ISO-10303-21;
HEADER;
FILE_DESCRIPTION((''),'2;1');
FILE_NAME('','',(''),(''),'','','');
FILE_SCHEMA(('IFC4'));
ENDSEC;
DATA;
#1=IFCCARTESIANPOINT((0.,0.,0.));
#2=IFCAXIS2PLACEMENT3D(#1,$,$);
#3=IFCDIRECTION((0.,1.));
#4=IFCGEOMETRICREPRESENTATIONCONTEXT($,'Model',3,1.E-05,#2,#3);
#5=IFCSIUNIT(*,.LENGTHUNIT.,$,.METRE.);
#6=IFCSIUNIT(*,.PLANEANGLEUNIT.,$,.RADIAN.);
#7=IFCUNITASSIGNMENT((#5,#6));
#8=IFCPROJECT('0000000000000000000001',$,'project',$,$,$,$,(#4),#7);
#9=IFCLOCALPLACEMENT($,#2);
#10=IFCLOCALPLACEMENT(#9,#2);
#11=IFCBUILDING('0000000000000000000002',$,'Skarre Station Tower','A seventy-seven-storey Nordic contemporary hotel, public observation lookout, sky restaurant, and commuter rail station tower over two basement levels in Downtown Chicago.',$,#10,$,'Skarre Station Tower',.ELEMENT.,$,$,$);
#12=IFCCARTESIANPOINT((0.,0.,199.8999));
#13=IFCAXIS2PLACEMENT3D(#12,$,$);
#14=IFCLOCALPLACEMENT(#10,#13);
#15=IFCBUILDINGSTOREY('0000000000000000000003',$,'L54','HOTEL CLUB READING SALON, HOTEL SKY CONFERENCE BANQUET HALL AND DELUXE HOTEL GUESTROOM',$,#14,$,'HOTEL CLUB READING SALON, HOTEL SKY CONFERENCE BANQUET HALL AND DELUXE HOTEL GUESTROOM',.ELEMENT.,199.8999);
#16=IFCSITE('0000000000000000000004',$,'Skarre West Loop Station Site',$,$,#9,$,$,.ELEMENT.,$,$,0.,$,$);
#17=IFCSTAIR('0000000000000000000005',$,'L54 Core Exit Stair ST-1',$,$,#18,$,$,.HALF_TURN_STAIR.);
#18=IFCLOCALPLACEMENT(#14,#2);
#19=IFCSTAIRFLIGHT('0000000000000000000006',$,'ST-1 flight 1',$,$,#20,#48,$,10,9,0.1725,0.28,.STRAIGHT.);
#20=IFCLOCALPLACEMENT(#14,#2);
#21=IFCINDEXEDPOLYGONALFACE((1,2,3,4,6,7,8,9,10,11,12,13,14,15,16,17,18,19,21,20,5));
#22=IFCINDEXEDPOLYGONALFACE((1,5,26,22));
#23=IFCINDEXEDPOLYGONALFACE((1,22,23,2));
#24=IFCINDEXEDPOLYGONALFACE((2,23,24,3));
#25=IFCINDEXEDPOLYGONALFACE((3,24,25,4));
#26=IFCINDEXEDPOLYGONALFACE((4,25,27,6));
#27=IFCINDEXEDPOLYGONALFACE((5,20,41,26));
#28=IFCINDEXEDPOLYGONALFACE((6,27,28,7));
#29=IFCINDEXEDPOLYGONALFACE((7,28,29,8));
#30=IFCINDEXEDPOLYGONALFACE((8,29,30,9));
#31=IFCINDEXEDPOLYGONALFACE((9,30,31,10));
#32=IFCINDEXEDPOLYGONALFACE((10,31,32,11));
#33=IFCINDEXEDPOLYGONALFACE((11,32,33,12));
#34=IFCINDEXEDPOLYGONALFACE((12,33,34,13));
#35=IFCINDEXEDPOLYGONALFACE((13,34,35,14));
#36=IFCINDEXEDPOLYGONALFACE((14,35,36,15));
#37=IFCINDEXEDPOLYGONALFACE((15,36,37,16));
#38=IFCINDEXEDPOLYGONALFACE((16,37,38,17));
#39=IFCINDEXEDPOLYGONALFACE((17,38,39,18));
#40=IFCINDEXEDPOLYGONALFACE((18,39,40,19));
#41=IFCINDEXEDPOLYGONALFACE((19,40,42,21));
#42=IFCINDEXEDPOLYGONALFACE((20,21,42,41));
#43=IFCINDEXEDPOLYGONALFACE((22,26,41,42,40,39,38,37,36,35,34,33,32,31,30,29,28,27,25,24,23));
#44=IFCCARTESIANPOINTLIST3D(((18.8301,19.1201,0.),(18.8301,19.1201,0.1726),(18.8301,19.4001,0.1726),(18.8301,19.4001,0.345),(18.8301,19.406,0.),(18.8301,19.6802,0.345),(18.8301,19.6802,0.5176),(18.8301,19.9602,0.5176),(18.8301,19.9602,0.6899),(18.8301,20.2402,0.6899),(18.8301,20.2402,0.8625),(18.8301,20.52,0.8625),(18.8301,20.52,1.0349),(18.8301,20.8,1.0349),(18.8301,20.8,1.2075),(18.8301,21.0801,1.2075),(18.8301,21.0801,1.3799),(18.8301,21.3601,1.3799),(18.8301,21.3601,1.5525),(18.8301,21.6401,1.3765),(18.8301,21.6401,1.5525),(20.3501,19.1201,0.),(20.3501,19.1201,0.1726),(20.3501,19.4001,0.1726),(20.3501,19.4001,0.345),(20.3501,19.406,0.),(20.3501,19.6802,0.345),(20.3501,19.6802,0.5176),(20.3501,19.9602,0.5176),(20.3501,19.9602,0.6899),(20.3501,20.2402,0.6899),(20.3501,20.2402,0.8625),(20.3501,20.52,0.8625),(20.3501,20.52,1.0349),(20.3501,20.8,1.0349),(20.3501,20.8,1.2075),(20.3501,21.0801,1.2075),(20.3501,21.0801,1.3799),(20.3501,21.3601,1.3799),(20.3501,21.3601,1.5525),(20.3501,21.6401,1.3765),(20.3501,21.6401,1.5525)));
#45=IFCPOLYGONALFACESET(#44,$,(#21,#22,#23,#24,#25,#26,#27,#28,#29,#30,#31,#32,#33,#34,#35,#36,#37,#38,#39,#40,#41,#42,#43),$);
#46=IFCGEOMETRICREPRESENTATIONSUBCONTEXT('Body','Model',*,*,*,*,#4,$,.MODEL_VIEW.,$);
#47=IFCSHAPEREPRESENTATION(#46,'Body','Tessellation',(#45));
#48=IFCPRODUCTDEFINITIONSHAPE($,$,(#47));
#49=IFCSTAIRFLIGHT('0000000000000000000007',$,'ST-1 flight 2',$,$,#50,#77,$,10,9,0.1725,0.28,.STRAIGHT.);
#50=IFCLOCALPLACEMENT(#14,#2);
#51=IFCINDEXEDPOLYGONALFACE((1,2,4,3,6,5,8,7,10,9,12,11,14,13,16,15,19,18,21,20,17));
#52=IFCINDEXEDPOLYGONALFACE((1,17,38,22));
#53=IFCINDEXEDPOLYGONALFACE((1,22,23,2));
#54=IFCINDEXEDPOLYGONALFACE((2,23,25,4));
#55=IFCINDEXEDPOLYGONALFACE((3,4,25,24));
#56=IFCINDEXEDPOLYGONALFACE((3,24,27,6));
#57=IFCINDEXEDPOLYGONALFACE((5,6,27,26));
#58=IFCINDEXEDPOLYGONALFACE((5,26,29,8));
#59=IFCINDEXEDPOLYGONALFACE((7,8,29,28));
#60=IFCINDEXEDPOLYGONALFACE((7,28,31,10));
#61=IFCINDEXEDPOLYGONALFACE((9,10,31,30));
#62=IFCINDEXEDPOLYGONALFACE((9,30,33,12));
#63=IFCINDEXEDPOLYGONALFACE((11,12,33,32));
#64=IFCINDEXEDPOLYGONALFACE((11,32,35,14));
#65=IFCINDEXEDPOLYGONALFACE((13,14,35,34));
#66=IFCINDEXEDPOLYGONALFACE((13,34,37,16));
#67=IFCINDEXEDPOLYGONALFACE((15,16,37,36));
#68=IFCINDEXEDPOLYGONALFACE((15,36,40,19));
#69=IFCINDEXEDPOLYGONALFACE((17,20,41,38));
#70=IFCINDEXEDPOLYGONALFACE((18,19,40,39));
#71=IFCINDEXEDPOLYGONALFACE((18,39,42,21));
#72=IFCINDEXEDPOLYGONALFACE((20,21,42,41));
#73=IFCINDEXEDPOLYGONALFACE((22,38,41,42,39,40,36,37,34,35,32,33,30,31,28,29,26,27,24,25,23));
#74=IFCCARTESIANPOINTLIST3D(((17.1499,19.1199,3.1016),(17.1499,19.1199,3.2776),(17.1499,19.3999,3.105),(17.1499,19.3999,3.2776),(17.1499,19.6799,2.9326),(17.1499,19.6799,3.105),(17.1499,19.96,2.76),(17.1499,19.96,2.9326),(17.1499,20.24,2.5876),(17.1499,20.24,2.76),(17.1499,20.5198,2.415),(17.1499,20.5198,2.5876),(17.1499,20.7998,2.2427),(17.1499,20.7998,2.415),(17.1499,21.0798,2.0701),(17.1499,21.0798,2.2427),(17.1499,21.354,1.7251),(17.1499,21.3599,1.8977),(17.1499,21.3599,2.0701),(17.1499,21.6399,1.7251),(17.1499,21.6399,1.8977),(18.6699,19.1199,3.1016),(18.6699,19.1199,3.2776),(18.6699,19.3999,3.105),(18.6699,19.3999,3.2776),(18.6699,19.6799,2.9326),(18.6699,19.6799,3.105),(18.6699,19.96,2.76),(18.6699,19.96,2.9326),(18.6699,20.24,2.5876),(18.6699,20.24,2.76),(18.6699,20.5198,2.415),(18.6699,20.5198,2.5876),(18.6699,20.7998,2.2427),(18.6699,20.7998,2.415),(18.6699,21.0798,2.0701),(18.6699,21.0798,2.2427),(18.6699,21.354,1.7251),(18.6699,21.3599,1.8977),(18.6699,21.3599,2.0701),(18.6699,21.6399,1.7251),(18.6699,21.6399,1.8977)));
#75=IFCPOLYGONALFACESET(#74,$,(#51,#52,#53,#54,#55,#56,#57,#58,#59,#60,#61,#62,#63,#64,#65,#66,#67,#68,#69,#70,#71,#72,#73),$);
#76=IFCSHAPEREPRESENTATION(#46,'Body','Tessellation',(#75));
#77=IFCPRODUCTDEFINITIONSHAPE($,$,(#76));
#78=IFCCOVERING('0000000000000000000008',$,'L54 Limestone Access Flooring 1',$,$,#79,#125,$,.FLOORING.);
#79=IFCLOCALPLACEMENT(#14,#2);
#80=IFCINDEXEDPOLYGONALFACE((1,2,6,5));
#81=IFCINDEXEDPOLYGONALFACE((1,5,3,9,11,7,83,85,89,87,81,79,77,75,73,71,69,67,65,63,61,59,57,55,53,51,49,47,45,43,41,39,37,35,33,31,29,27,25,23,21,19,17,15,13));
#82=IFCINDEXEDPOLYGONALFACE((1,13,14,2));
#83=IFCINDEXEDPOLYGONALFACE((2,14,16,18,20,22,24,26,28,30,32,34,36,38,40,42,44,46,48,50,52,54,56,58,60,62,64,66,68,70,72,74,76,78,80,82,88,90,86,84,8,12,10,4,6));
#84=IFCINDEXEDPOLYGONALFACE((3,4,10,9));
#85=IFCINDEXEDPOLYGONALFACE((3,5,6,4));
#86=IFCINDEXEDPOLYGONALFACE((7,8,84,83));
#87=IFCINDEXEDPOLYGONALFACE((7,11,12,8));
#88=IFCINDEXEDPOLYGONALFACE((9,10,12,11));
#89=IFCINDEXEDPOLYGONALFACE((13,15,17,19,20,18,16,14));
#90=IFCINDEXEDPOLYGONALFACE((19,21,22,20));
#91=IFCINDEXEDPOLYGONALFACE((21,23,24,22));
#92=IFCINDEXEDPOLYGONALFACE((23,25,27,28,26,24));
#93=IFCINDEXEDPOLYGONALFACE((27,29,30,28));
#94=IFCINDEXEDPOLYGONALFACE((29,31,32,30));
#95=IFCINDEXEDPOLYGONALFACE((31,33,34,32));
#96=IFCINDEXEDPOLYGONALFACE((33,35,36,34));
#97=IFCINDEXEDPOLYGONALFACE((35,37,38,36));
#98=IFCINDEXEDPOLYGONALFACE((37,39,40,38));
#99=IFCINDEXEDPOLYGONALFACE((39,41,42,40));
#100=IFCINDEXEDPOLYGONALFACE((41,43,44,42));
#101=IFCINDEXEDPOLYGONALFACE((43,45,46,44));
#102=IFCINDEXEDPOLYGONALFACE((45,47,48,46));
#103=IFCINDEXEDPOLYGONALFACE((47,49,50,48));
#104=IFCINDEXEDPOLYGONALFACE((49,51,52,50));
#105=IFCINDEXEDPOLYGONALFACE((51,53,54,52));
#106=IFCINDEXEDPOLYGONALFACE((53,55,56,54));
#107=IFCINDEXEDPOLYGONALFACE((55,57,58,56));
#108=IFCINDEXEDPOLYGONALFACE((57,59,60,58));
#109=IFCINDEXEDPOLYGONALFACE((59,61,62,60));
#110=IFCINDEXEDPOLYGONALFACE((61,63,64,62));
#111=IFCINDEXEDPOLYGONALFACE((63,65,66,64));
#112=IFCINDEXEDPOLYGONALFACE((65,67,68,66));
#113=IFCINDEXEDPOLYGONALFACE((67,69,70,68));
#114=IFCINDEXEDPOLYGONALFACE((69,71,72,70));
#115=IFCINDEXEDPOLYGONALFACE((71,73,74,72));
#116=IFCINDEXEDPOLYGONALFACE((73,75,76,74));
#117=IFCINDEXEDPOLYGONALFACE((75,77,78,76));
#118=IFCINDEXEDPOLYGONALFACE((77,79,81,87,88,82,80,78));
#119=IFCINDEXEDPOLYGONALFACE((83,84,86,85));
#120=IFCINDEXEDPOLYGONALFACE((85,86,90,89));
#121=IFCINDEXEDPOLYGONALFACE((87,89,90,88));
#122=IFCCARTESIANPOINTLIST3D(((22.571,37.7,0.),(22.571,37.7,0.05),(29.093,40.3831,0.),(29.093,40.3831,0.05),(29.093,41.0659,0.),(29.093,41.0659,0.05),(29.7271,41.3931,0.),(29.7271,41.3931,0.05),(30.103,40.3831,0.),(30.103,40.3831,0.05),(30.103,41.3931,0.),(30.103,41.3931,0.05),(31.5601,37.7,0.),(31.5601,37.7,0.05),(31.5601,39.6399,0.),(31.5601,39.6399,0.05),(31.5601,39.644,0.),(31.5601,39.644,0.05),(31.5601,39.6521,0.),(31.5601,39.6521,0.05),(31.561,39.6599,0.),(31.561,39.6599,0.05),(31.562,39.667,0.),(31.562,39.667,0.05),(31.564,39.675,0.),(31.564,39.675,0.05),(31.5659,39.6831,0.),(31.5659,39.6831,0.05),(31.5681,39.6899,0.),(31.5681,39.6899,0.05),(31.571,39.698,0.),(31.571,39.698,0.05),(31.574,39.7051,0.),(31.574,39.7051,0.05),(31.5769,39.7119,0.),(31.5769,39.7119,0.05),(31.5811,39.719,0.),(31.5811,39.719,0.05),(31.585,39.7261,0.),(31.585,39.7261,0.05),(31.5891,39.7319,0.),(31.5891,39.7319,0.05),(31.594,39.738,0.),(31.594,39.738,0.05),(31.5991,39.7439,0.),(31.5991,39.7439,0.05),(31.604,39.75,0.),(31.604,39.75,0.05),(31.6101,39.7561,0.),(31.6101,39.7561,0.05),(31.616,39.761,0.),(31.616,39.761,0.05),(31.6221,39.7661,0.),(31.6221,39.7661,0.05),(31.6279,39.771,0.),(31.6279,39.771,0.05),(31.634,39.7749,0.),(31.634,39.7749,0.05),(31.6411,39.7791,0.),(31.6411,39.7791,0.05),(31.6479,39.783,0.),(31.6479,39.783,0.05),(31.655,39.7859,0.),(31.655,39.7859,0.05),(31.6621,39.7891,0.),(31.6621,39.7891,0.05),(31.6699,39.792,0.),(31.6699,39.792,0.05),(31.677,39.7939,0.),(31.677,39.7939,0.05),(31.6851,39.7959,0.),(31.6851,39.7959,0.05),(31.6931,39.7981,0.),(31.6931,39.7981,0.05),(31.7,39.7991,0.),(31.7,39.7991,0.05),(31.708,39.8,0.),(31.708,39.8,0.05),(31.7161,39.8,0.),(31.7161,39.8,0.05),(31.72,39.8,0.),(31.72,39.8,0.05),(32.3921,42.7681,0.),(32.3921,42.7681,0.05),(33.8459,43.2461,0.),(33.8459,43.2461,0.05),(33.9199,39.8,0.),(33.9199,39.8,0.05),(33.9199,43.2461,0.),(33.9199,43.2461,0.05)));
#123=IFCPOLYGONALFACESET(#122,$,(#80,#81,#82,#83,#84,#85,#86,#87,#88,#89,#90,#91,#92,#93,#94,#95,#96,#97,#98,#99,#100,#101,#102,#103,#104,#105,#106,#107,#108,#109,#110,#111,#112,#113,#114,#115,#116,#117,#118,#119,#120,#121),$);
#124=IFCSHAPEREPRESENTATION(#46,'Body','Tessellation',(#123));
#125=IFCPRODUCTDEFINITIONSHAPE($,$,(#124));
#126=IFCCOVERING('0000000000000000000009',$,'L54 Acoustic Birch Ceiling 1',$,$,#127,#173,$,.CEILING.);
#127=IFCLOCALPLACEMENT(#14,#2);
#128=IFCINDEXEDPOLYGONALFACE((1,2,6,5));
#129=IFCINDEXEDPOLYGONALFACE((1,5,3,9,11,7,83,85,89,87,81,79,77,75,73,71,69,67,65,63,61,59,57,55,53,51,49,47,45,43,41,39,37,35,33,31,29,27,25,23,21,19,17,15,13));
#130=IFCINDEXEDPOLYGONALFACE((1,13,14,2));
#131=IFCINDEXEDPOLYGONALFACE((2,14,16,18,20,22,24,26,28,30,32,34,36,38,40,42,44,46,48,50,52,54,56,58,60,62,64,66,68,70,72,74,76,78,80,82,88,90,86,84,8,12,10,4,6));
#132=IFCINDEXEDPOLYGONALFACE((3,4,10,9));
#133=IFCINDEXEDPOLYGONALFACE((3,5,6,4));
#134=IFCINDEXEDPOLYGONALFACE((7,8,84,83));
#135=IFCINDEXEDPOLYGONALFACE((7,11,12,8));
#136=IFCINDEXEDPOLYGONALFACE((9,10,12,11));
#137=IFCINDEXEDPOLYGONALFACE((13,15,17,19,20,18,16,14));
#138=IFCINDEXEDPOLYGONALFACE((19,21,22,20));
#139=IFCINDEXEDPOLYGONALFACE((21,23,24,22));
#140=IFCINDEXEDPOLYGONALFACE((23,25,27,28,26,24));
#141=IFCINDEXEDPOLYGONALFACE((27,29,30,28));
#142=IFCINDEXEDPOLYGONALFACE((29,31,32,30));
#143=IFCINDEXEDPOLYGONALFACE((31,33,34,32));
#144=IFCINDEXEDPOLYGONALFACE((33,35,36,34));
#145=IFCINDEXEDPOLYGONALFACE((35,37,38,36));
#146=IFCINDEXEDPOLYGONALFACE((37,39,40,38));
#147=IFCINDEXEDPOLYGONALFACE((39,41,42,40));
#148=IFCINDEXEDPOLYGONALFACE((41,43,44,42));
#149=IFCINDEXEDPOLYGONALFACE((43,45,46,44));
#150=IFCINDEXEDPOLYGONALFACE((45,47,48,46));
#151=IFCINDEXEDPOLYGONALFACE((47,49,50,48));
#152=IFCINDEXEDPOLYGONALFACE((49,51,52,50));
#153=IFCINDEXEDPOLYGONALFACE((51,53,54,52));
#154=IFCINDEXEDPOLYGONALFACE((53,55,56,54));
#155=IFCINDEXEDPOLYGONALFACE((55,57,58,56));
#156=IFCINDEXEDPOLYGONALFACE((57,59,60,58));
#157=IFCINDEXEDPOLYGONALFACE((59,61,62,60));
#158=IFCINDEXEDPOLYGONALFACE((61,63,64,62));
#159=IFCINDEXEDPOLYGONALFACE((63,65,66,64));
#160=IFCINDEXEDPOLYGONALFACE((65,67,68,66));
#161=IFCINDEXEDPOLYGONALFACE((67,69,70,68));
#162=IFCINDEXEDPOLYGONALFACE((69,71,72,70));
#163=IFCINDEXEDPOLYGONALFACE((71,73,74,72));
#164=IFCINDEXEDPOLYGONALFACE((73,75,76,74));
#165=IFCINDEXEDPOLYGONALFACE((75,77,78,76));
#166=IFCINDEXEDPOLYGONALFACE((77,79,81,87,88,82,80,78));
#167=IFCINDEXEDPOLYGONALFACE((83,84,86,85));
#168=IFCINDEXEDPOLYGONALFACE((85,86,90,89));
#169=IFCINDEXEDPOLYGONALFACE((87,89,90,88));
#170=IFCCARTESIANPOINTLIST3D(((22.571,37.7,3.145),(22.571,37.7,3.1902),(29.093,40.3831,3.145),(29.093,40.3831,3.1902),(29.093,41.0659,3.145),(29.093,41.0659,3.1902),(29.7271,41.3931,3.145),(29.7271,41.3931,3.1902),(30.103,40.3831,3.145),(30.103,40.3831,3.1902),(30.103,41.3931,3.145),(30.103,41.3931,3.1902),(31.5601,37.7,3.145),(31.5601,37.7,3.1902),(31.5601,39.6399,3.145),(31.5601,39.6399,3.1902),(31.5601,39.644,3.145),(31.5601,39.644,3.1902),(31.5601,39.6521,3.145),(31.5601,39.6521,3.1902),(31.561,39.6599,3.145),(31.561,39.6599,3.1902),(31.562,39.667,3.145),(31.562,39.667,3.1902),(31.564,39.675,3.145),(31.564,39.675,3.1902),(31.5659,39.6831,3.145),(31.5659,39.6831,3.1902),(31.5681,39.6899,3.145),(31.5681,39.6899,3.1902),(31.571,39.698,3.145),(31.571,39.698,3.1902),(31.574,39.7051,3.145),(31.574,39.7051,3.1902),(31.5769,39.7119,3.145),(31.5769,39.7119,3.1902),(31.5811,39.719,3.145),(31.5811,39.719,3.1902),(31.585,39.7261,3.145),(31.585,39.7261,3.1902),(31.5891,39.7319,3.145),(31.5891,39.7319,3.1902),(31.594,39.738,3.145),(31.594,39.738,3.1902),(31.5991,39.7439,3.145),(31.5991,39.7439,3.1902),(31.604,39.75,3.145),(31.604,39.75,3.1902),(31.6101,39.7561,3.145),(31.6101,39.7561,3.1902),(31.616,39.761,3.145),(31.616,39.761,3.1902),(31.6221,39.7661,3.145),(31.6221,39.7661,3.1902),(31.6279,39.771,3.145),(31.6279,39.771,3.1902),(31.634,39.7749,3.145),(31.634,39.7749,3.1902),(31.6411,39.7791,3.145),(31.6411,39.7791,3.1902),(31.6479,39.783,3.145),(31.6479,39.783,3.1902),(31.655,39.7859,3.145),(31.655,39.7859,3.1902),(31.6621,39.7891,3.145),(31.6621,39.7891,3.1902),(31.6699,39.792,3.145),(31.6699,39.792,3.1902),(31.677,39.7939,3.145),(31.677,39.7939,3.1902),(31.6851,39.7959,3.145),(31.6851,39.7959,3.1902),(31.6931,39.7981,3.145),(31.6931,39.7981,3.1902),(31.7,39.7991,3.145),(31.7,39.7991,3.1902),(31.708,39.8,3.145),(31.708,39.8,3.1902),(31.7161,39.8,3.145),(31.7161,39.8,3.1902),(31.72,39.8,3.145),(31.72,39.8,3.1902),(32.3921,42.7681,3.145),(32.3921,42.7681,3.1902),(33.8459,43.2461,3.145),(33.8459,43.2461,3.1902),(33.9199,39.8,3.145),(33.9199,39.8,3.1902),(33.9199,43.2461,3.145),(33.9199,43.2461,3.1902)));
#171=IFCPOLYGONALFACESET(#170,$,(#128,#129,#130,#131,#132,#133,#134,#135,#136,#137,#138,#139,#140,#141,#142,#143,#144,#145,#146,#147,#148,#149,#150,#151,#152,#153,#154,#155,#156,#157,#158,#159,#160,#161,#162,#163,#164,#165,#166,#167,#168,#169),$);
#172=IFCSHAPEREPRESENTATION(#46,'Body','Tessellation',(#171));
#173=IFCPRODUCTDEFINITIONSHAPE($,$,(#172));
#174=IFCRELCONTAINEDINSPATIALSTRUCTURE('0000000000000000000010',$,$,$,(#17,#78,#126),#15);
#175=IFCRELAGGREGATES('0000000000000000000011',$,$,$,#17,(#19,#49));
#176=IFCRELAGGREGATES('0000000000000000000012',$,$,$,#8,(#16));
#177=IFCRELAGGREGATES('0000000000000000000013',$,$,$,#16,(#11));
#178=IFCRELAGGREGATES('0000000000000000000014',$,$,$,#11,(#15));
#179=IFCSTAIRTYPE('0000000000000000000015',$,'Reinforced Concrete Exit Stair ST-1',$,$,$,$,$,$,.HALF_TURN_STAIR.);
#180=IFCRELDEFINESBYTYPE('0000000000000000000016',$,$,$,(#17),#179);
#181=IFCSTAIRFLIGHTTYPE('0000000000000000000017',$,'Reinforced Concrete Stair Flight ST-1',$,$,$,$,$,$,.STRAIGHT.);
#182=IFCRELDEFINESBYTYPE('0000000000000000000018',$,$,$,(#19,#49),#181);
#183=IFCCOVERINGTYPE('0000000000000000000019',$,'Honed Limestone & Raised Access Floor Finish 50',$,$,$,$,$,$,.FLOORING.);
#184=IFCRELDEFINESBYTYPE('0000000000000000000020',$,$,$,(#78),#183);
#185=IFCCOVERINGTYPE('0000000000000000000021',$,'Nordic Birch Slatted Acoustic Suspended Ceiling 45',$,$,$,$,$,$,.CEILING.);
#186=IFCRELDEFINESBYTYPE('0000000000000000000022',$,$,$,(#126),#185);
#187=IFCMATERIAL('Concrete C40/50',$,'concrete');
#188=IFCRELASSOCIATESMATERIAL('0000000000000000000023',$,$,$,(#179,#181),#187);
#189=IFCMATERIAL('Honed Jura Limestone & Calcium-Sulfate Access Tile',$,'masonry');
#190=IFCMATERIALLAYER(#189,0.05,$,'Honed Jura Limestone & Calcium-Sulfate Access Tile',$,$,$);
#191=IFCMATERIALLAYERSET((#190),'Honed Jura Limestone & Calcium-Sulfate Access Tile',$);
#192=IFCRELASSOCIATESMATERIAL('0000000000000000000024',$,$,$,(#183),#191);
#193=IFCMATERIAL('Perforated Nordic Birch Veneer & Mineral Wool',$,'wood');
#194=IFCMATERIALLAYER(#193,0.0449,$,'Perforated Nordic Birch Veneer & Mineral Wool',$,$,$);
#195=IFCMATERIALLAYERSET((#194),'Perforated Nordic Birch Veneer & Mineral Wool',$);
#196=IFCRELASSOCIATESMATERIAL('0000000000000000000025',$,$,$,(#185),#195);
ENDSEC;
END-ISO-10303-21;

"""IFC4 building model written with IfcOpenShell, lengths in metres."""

from ifc_helpers import new_model, si_unit, direction, frame, origin, place, context, subcontext, project, spatial, polyline, outline, extrude, material, layer, layer_set, type_object, element, aggregate, save


model = new_model("IFC4")

# Units and contexts
model_context = context("Model", 3, precision=1e-05, world=origin(), true_north=direction((0.0, 1.0)))
body_context = subcontext(model_context, "Body", "Model", "MODEL_VIEW")
ifc_project = project(units=[si_unit("LENGTHUNIT", "METRE"), si_unit("PLANEANGLEUNIT", "RADIAN")], contexts=[model_context])

# Site, building, storey
site_placement = place(None, origin())
site = spatial("IfcSite", under=ifc_project, at=site_placement, Name="Skarre West Loop Station Site", CompositionType="ELEMENT", RefElevation=0.0)
building_placement = place(site_placement, origin())
building = spatial("IfcBuilding", under=site, at=building_placement, Name="Skarre Station Tower", Description="A seventy-seven-storey Nordic contemporary hotel, public observation lookout, sky restaurant, and commuter rail station tower over two basement levels in Downtown Chicago.", LongName="Skarre Station Tower", CompositionType="ELEMENT")
storey_placement = place(building_placement, frame((0.0, 0.0, 199.8999)))
storey = spatial("IfcBuildingStorey", under=building, at=storey_placement, Name="L54", Description="HOTEL CLUB READING SALON, HOTEL SKY CONFERENCE BANQUET HALL AND DELUXE HOTEL GUESTROOM", LongName="HOTEL CLUB READING SALON, HOTEL SKY CONFERENCE BANQUET HALL AND DELUXE HOTEL GUESTROOM", CompositionType="ELEMENT", Elevation=199.8999)

# Stair
ifc_material_1 = material(Name="Concrete C40/50", Category="concrete")
stair_type_1 = type_object("IfcStairType", Name="Reinforced Concrete Exit Stair ST-1", PredefinedType="HALF_TURN_STAIR", material=ifc_material_1)
stair_1_placement = place(storey_placement, origin())
stair_1 = element("IfcStair", 1, at=stair_1_placement, inside=storey, type_object=stair_type_1, Name="L54 Core Exit Stair ST-1", PredefinedType="HALF_TURN_STAIR")

# Stair flights
stair_flight_type = type_object("IfcStairFlightType", Name="Reinforced Concrete Stair Flight ST-1", PredefinedType="STRAIGHT", material=ifc_material_1)
stair_flight_1_placement = place(storey_placement, frame((19.5901, 19.1201, 0.0), z_axis=(0.0, 0.0, 1.0), x_axis=(0.0, 1.0, 0.0)))
stair_flight_1 = element("IfcStairFlight", 2, at=stair_flight_1_placement, type_object=stair_flight_type, Name="ST-1 flight 1", NumberOfRisers=10, NumberOfTreads=9, PredefinedType="STRAIGHT", RiserHeight=0.1725, TreadLength=0.28, context=body_context, shape_type="SweptSolid", body=[
    extrude(outline(polyline([(0.0, 0.0), (0.0, 0.1726), (0.28, 0.1726), (0.28, 0.345), (0.5601, 0.345), (0.5601, 0.5176), (0.8401, 0.5176), (0.8401, 0.6899), (1.1201, 0.6899), (1.1201, 0.8625), (1.3999, 0.8625), (1.3999, 1.0349), (1.6799, 1.0349), (1.6799, 1.2075), (1.96, 1.2075), (1.96, 1.3799), (2.24, 1.3799), (2.24, 1.5525), (2.52, 1.5525), (2.52, 1.7251), (2.52, 1.3765), (0.2859, 0.0), (0.0, 0.0)])), frame((0.0, 0.76, 0.0), z_axis=(0.0, -1.0, 0.0), x_axis=(1.0, 0.0, 0.0)), (0.0, 0.0, 1.0), 1.52),
])
stair_flight_2_placement = place(storey_placement, frame((17.9099, 21.6399, 1.7251), z_axis=(0.0, 0.0, 1.0), x_axis=(0.0, -1.0, 0.0)))
stair_flight_2 = element("IfcStairFlight", 3, at=stair_flight_2_placement, type_object=stair_flight_type, Name="ST-1 flight 2", NumberOfRisers=10, NumberOfTreads=9, PredefinedType="STRAIGHT", RiserHeight=0.1725, TreadLength=0.28, context=body_context, shape_type="SweptSolid", body=[
    extrude(outline(polyline([(0.0, 0.0), (0.0, 0.1726), (0.28, 0.1726), (0.28, 0.345), (0.5601, 0.345), (0.5601, 0.5176), (0.8401, 0.5176), (0.8401, 0.6899), (1.1201, 0.6899), (1.1201, 0.8625), (1.3999, 0.8625), (1.3999, 1.0349), (1.6799, 1.0349), (1.6799, 1.2075), (1.96, 1.2075), (1.96, 1.3799), (2.24, 1.3799), (2.24, 1.5525), (2.52, 1.5525), (2.52, 1.7251), (2.52, 1.3765), (0.2859, 0.0), (0.0, 0.0)])), frame((0.0, 0.76, 0.0), z_axis=(0.0, -1.0, 0.0), x_axis=(1.0, 0.0, 0.0)), (0.0, 0.0, 1.0), 1.52),
])
aggregate(stair_1, [stair_flight_1, stair_flight_2])

# Coverings
ifc_material_2 = material(Name="Honed Jura Limestone & Calcium-Sulfate Access Tile", Category="masonry")
ifc_layer_1 = layer(ifc_material_2, 0.05, Name="Honed Jura Limestone & Calcium-Sulfate Access Tile")
ifc_layer_set_1 = layer_set([ifc_layer_1], Name="Honed Jura Limestone & Calcium-Sulfate Access Tile")
covering_type_1 = type_object("IfcCoveringType", Name="Honed Limestone & Raised Access Floor Finish 50", PredefinedType="FLOORING", material=ifc_layer_set_1)
covering_1_placement = place(storey_placement, origin())
element("IfcCovering", 4, at=covering_1_placement, inside=storey, type_object=covering_type_1, Name="L54 Limestone Access Flooring 1", PredefinedType="FLOORING", context=body_context, shape_type="SweptSolid", body=[
    extrude(outline(polyline([(33.9199, 39.8), (33.9199, 43.2461), (33.8459, 43.2461), (32.3921, 42.7681), (29.7271, 41.3931), (30.103, 41.3931), (30.103, 40.3831), (29.093, 40.3831), (29.093, 41.0659), (22.571, 37.7), (31.5601, 37.7), (31.5601, 39.6399), (31.5601, 39.644), (31.5601, 39.6521), (31.561, 39.6599), (31.562, 39.667), (31.564, 39.675), (31.5659, 39.6831), (31.5681, 39.6899), (31.571, 39.698), (31.574, 39.7051), (31.5769, 39.7119), (31.5811, 39.719), (31.585, 39.7261), (31.5891, 39.7319), (31.594, 39.738), (31.5991, 39.7439), (31.604, 39.75), (31.6101, 39.7561), (31.616, 39.761), (31.6221, 39.7661), (31.6279, 39.771), (31.634, 39.7749), (31.6411, 39.7791), (31.6479, 39.783), (31.655, 39.7859), (31.6621, 39.7891), (31.6699, 39.792), (31.677, 39.7939), (31.6851, 39.7959), (31.6931, 39.7981), (31.7, 39.7991), (31.708, 39.8), (31.7161, 39.8), (31.72, 39.8), (33.9199, 39.8)])), origin(), (0.0, 0.0, 1.0), 0.05),
])
ifc_material_3 = material(Name="Perforated Nordic Birch Veneer & Mineral Wool", Category="wood")
ifc_layer_2 = layer(ifc_material_3, 0.0449, Name="Perforated Nordic Birch Veneer & Mineral Wool")
ifc_layer_set_2 = layer_set([ifc_layer_2], Name="Perforated Nordic Birch Veneer & Mineral Wool")
covering_type_2 = type_object("IfcCoveringType", Name="Nordic Birch Slatted Acoustic Suspended Ceiling 45", PredefinedType="CEILING", material=ifc_layer_set_2)
covering_2_placement = place(storey_placement, frame((0.0, 0.0, 3.145)))
element("IfcCovering", 5, at=covering_2_placement, inside=storey, type_object=covering_type_2, Name="L54 Acoustic Birch Ceiling 1", PredefinedType="CEILING", context=body_context, shape_type="SweptSolid", body=[
    extrude(outline(polyline([(33.9199, 39.8), (33.9199, 43.2461), (33.8459, 43.2461), (32.3921, 42.7681), (29.7271, 41.3931), (30.103, 41.3931), (30.103, 40.3831), (29.093, 40.3831), (29.093, 41.0659), (22.571, 37.7), (31.5601, 37.7), (31.5601, 39.6399), (31.5601, 39.644), (31.5601, 39.6521), (31.561, 39.6599), (31.562, 39.667), (31.564, 39.675), (31.5659, 39.6831), (31.5681, 39.6899), (31.571, 39.698), (31.574, 39.7051), (31.5769, 39.7119), (31.5811, 39.719), (31.585, 39.7261), (31.5891, 39.7319), (31.594, 39.738), (31.5991, 39.7439), (31.604, 39.75), (31.6101, 39.7561), (31.616, 39.761), (31.6221, 39.7661), (31.6279, 39.771), (31.634, 39.7749), (31.6411, 39.7791), (31.6479, 39.783), (31.655, 39.7859), (31.6621, 39.7891), (31.6699, 39.792), (31.677, 39.7939), (31.6851, 39.7959), (31.6931, 39.7981), (31.7, 39.7991), (31.708, 39.8), (31.7161, 39.8), (31.72, 39.8), (33.9199, 39.8)])), origin(), (0.0, 0.0, 1.0), 0.0452),
])

save(model, "model.ifc")
